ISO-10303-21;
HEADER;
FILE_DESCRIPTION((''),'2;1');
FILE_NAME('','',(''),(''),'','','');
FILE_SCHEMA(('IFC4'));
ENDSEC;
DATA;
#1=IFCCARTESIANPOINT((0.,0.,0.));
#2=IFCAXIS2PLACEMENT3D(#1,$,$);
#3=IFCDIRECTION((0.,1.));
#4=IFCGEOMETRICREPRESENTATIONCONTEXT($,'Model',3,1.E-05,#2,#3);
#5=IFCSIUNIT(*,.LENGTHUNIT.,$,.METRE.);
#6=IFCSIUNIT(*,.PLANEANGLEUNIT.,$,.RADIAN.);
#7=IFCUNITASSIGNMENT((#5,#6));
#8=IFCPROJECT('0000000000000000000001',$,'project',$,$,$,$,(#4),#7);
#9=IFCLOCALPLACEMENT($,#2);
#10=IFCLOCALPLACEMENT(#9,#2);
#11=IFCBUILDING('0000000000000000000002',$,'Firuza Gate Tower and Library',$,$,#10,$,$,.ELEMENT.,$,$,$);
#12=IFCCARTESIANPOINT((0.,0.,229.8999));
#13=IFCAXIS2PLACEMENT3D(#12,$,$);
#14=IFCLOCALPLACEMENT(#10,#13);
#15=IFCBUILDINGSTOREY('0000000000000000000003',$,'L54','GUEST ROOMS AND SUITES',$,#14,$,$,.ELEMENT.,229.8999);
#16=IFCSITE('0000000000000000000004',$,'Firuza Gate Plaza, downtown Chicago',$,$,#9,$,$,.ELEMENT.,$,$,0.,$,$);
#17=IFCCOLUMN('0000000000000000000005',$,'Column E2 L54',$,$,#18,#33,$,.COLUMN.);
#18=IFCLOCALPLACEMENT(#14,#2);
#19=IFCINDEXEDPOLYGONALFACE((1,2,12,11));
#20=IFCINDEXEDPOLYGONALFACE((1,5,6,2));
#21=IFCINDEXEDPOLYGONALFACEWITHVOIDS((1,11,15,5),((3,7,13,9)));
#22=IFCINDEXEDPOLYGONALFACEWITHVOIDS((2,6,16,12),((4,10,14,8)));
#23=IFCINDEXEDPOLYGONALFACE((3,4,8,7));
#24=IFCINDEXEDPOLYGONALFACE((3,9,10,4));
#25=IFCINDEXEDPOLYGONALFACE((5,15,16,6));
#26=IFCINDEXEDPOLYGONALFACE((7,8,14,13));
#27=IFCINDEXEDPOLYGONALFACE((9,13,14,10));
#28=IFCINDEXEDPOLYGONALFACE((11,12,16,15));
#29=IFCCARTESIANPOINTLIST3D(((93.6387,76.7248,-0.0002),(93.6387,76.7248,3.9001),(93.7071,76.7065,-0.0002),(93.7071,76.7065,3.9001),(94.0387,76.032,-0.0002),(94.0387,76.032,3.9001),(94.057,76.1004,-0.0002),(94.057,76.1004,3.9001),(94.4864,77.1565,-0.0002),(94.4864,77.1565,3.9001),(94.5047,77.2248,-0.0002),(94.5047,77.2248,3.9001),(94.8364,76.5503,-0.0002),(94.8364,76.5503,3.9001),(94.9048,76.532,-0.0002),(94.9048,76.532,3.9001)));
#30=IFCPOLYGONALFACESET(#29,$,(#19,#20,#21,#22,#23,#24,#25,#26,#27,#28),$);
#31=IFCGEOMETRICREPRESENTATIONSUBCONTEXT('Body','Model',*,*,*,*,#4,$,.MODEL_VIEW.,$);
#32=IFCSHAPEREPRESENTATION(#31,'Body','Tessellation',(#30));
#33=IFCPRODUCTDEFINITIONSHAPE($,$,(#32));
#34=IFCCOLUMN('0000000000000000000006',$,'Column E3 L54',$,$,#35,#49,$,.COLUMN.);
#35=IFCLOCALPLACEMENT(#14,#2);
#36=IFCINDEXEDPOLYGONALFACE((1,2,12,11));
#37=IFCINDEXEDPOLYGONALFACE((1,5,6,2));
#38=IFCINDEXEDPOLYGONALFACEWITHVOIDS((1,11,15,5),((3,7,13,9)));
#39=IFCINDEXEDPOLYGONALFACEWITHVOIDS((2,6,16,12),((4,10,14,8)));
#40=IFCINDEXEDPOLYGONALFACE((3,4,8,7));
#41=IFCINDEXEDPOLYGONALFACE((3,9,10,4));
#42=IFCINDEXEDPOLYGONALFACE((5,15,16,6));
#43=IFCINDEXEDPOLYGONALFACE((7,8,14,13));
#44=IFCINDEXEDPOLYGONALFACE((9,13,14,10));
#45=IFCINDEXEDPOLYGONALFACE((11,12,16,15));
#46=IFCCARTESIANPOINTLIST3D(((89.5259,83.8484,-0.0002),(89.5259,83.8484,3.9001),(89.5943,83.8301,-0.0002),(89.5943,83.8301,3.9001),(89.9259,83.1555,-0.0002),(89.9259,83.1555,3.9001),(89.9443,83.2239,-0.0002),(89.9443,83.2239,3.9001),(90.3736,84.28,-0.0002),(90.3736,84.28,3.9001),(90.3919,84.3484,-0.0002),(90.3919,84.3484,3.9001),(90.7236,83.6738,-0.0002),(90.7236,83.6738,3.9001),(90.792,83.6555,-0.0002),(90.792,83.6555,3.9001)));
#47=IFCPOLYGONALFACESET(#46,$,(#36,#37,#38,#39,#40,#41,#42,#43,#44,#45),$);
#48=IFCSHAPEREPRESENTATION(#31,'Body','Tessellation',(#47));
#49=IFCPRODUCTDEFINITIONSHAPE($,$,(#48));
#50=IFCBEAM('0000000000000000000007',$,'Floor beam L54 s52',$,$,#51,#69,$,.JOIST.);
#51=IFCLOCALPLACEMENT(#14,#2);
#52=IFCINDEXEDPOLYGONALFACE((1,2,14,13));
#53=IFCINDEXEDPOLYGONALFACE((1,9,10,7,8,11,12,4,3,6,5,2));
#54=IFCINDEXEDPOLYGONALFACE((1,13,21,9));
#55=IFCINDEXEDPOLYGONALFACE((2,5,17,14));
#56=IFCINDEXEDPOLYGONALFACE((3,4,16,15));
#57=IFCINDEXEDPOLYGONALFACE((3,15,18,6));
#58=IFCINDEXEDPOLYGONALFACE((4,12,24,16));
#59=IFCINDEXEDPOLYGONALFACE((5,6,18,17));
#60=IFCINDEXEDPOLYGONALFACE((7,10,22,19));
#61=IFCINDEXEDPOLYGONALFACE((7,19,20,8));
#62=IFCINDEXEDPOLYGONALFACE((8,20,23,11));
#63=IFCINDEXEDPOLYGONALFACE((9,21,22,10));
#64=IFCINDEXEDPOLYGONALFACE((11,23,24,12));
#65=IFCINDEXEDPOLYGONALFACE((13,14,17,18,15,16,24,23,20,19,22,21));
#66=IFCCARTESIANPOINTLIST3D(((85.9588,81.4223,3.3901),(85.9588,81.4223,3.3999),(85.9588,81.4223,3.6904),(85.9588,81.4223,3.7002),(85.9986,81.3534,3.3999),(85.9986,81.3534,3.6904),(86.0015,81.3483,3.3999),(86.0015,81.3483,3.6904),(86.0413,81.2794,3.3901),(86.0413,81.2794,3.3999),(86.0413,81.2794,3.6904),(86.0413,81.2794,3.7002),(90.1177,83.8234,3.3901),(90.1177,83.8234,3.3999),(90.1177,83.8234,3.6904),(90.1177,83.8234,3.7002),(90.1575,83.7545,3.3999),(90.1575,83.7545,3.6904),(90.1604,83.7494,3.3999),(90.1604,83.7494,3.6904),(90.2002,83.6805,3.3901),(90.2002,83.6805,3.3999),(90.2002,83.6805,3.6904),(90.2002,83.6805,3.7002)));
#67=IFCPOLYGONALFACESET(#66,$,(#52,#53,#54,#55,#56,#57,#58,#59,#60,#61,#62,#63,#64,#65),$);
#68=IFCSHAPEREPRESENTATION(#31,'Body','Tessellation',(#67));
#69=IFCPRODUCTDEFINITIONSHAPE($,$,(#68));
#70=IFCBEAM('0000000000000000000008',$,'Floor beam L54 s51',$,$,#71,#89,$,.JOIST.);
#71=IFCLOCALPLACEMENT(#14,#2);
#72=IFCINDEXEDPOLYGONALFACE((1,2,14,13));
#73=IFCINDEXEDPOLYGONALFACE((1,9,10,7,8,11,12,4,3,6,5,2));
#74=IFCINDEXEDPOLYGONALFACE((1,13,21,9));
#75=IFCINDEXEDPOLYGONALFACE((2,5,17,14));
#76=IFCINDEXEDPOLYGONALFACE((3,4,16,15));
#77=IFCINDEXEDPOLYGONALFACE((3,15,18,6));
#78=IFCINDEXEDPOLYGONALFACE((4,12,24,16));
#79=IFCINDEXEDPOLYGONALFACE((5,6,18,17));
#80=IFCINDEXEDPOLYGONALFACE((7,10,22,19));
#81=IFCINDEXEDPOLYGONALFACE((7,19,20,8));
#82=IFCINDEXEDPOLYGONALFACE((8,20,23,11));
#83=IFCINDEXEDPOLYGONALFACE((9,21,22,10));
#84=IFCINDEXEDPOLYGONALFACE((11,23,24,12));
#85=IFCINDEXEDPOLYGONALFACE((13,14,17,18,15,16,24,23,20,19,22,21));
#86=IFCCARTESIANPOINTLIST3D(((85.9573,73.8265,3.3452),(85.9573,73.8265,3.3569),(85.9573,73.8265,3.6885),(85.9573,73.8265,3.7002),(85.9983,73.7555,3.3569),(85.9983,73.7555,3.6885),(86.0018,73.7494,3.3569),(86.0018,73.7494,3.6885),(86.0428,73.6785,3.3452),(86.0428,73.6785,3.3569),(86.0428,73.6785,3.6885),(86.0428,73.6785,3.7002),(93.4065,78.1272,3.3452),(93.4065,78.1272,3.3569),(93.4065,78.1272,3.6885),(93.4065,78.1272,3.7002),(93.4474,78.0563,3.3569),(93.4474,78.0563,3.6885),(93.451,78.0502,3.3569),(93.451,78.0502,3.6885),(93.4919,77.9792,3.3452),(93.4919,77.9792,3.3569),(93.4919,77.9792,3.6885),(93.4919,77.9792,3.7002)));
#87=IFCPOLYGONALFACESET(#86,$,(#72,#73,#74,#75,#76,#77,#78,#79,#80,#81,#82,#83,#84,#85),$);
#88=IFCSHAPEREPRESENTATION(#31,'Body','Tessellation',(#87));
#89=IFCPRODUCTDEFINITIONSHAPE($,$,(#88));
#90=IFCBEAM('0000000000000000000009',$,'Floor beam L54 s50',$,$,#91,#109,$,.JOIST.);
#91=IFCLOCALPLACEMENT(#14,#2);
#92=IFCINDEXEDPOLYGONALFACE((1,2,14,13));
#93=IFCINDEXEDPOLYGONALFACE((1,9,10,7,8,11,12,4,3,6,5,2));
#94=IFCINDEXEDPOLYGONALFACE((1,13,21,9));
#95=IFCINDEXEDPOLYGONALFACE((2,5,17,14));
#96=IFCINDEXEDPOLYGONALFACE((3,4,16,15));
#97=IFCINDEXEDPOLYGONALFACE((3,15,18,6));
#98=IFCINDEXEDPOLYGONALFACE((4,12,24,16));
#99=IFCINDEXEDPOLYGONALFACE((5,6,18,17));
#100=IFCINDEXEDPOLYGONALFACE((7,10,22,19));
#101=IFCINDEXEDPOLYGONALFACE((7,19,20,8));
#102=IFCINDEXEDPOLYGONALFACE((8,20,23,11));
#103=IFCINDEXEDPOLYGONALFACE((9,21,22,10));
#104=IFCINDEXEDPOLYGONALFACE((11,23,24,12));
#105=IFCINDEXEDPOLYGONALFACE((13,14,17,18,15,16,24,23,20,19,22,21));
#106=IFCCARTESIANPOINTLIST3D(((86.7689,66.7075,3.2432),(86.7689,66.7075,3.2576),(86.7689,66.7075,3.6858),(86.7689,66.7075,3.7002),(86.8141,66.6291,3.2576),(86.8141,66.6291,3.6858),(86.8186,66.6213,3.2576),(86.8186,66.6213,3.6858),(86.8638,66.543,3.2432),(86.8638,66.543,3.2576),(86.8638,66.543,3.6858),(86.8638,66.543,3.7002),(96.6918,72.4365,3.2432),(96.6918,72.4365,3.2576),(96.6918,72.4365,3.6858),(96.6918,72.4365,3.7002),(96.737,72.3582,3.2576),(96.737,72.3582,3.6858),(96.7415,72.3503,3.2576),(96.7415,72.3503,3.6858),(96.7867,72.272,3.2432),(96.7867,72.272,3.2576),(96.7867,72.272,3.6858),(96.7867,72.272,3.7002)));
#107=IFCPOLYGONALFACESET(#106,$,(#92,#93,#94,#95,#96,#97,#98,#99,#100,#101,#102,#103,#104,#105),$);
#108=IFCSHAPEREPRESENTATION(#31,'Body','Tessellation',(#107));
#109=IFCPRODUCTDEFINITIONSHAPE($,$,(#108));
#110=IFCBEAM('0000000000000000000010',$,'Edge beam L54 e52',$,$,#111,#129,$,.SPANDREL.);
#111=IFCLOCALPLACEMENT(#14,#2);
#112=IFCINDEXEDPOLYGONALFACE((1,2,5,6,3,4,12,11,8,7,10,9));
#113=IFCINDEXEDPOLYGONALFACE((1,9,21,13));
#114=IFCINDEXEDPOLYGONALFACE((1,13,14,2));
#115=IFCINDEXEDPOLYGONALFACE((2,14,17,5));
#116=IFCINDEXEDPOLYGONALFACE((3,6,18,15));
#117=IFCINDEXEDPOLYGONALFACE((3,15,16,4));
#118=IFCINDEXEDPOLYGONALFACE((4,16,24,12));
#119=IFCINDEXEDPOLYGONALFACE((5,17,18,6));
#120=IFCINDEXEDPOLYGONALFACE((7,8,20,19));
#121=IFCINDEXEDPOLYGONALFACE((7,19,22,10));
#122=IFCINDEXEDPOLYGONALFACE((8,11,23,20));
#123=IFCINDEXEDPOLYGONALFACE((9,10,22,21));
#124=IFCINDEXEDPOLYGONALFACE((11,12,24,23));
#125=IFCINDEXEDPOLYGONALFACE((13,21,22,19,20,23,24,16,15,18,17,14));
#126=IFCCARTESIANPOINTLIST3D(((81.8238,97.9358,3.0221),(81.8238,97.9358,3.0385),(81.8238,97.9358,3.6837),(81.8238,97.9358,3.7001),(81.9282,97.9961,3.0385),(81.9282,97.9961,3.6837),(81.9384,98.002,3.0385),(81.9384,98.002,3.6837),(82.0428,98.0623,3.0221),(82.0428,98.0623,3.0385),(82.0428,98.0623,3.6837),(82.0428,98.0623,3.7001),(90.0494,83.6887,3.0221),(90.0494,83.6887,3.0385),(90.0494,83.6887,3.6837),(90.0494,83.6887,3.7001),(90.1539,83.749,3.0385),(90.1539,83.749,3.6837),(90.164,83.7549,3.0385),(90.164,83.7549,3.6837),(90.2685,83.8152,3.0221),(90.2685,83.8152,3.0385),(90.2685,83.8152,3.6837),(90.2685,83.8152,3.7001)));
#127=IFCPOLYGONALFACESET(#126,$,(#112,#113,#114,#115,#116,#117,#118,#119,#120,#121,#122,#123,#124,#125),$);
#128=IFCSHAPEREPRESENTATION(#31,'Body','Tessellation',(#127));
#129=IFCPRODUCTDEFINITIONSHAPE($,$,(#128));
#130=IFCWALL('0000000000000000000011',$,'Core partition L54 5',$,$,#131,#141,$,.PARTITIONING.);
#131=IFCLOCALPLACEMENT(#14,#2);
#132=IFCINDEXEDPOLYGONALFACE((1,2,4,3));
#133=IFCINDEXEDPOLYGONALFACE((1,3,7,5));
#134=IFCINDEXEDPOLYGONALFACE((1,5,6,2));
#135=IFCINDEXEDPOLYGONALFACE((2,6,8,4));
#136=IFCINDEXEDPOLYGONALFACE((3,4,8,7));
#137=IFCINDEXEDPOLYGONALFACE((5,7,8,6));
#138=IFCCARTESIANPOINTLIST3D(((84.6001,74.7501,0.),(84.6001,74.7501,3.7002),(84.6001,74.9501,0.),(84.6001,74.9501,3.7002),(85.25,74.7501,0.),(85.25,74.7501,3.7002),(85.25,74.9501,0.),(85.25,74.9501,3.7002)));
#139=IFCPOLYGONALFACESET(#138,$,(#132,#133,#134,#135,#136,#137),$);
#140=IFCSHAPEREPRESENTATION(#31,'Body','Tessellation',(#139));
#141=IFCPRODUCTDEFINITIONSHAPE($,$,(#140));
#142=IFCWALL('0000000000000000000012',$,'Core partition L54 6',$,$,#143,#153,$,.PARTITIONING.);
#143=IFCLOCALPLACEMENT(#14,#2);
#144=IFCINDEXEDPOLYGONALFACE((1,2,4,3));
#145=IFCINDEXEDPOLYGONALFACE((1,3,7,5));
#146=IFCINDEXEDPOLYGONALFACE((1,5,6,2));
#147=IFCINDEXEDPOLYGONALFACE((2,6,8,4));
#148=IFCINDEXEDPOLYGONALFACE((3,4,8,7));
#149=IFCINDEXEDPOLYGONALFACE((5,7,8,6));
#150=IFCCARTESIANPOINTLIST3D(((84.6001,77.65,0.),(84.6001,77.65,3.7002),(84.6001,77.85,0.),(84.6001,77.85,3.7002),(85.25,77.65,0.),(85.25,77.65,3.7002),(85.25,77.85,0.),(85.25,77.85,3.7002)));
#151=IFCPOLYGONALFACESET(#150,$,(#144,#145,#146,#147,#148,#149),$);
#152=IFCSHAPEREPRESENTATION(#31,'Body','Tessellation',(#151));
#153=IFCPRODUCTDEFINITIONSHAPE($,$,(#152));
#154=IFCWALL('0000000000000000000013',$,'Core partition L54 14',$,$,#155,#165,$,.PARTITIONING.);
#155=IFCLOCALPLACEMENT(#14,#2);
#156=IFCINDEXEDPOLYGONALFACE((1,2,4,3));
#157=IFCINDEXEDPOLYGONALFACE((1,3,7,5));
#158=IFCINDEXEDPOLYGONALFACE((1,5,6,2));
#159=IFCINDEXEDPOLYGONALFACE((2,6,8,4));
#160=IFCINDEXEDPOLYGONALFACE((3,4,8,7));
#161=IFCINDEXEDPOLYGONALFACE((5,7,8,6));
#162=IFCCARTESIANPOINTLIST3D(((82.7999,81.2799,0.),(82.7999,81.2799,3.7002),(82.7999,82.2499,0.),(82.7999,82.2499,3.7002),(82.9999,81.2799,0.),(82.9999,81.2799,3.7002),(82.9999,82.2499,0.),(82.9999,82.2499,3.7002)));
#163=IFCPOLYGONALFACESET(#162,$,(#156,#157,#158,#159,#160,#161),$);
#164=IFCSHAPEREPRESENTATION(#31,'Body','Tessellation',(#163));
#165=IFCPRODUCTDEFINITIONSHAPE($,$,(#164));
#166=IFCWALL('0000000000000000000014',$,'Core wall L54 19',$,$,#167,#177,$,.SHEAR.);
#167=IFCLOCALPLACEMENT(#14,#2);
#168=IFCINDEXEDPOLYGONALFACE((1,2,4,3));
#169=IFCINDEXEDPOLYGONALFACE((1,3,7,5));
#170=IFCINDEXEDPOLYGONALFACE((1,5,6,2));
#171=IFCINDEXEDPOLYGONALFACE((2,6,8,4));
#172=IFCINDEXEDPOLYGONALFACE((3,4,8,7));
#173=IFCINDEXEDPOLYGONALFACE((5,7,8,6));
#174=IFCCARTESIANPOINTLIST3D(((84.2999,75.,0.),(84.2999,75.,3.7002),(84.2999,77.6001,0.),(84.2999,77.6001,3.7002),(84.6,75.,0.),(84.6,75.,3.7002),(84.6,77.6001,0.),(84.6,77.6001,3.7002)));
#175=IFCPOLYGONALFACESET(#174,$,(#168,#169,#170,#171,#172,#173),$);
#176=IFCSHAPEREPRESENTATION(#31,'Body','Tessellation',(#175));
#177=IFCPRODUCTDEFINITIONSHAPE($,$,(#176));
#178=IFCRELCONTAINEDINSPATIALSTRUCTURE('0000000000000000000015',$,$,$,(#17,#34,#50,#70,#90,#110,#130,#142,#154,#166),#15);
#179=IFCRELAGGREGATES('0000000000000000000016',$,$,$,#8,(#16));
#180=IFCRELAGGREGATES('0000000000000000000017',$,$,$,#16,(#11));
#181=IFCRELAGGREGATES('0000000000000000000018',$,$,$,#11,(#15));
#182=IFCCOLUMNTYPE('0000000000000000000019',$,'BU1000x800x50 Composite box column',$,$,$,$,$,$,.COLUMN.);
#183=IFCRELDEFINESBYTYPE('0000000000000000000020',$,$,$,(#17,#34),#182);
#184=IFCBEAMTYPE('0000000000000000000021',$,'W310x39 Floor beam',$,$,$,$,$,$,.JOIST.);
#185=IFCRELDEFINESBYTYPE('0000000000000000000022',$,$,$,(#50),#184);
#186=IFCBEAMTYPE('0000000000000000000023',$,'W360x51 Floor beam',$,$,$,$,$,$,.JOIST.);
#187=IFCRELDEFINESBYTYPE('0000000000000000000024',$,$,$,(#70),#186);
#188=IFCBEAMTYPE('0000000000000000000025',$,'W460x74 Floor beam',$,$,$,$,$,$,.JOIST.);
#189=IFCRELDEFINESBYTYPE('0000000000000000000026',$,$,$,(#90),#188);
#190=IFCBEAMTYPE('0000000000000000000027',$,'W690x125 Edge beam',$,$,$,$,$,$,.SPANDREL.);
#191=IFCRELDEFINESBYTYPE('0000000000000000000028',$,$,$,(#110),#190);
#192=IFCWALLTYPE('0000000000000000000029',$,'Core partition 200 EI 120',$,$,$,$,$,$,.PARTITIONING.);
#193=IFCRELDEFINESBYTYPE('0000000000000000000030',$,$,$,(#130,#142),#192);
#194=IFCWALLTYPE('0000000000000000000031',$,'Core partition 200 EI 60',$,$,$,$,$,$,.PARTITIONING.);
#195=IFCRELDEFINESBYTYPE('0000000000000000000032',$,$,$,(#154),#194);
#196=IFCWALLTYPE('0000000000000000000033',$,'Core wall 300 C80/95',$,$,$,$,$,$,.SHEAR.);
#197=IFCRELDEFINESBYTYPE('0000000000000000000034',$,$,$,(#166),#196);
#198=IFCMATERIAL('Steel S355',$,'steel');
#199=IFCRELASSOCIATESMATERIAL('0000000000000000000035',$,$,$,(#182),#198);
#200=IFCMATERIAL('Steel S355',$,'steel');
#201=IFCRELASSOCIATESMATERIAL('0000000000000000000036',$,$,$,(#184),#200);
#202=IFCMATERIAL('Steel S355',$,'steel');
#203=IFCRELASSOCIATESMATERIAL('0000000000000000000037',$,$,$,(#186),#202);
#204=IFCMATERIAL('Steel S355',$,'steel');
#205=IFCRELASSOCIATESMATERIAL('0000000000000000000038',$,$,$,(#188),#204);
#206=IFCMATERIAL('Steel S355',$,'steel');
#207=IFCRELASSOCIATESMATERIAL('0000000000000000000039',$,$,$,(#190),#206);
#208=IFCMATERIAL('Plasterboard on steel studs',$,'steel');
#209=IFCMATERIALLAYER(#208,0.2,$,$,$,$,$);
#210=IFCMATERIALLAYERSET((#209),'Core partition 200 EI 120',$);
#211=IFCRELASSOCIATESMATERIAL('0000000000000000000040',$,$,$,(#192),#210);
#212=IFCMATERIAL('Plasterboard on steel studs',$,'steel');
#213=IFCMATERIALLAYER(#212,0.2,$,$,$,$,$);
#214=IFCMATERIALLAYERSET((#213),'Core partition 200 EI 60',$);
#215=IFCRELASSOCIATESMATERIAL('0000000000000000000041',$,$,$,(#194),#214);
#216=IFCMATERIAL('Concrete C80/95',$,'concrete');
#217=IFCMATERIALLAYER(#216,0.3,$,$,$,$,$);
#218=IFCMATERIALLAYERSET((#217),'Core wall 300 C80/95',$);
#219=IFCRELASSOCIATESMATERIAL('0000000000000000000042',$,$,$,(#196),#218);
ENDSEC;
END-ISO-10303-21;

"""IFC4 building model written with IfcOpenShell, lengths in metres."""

from ifc_helpers import new_model, si_unit, direction, frame, frame_2d, origin, origin_2d, place, context, subcontext, project, spatial, rectangle, hollow_rectangle, i_section, extrude, material, layer, layer_set, material_profile, profile_set, type_object, element, save


model = new_model("IFC4")

# Units and contexts
model_context = context("Model", 3, precision=1e-05, world=origin(), true_north=direction((0.0, 1.0)))
body_context = subcontext(model_context, "Body", "Model", "MODEL_VIEW")
ifc_project = project(units=[si_unit("LENGTHUNIT", "METRE"), si_unit("PLANEANGLEUNIT", "RADIAN")], contexts=[model_context])

# Site, building, storey
site_placement = place(None, origin())
site = spatial("IfcSite", under=ifc_project, at=site_placement, Name="Firuza Gate Plaza, downtown Chicago", CompositionType="ELEMENT", RefElevation=0.0)
building_placement = place(site_placement, origin())
building = spatial("IfcBuilding", under=site, at=building_placement, Name="Firuza Gate Tower and Library", CompositionType="ELEMENT")
storey_placement = place(building_placement, frame((0.0, 0.0, 229.8999)))
storey = spatial("IfcBuildingStorey", under=building, at=storey_placement, Name="L54", Description="GUEST ROOMS AND SUITES", CompositionType="ELEMENT", Elevation=229.8999)

# Columns
ifc_material_1 = material(Name="Steel S355", Category="steel")
ifc_material_profile_1 = material_profile(ifc_material_1, hollow_rectangle(XDim=0.8, YDim=1.0, WallThickness=0.05, at=origin_2d()))
ifc_profile_set_1 = profile_set([ifc_material_profile_1], Name="Steel S355")
column_type = type_object("IfcColumnType", Name="BU1000x800x50 Composite box column", PredefinedType="COLUMN", material=ifc_profile_set_1)
for number, where, z_axis, x_axis, name in (
    (1, (94.2717, 76.6284, -0.0002), (0.0, 0.0, 1.0), (-0.5, 0.866025, 0.0), "Column E2 L54"),
    (2, (90.1589, 83.752, -0.0002), (0.0, 0.0, 1.0), (-0.5, 0.866025, 0.0), "Column E3 L54"),
):
    element("IfcColumn", number, at=place(storey_placement, frame(where, z_axis=z_axis, x_axis=x_axis)), inside=storey, type_object=column_type, Name=name, PredefinedType="COLUMN", context=body_context, shape_type="SweptSolid", body=[
        extrude(hollow_rectangle(XDim=0.8, YDim=1.0, WallThickness=0.05, at=origin_2d()), origin(), (0.0, 0.0, 1.0), 3.9004),
    ])

# Beams
ifc_material_2 = material(Name="Steel S355", Category="steel")
ifc_material_profile_2 = material_profile(ifc_material_2, i_section(OverallWidth=0.165, OverallDepth=0.3101, WebThickness=0.0059, FlangeThickness=0.0098, at=origin_2d()))
ifc_profile_set_2 = profile_set([ifc_material_profile_2], Name="Steel S355")
beam_type_1 = type_object("IfcBeamType", Name="W310x39 Floor beam", PredefinedType="JOIST", material=ifc_profile_set_2)
beam_1_placement = place(storey_placement, frame((90.1589, 83.752, 3.5452), z_axis=(-0.866029, -0.499994, 0.0), x_axis=(0.499994, -0.866029, 0.0)))
element("IfcBeam", 3, at=beam_1_placement, inside=storey, type_object=beam_type_1, Name="Floor beam L54 s52", PredefinedType="JOIST", context=body_context, shape_type="SweptSolid", body=[
    extrude(i_section(OverallWidth=0.165, OverallDepth=0.3101, WebThickness=0.0059, FlangeThickness=0.0098, at=origin_2d()), origin(), (0.0, 0.0, 1.0), 4.8022),
])
ifc_material_3 = material(Name="Steel S355", Category="steel")
ifc_material_profile_3 = material_profile(ifc_material_3, i_section(OverallWidth=0.1709, OverallDepth=0.355, WebThickness=0.0071, FlangeThickness=0.0117, at=origin_2d()))
ifc_profile_set_3 = profile_set([ifc_material_profile_3], Name="Steel S355")
beam_type_2 = type_object("IfcBeamType", Name="W360x51 Floor beam", PredefinedType="JOIST", material=ifc_profile_set_3)
beam_2_placement = place(storey_placement, frame((93.4492, 78.0532, 3.5227), z_axis=(-0.866027, -0.499998, 0.0), x_axis=(0.499998, -0.866027, 0.0)))
element("IfcBeam", 4, at=beam_2_placement, inside=storey, type_object=beam_type_2, Name="Floor beam L54 s51", PredefinedType="JOIST", context=body_context, shape_type="SweptSolid", body=[
    extrude(i_section(OverallWidth=0.1709, OverallDepth=0.355, WebThickness=0.0071, FlangeThickness=0.0117, at=origin_2d()), origin(), (0.0, 0.0, 1.0), 8.6016),
])
ifc_material_4 = material(Name="Steel S355", Category="steel")
ifc_material_profile_4 = material_profile(ifc_material_4, i_section(OverallWidth=0.1899, OverallDepth=0.457, WebThickness=0.009, FlangeThickness=0.0144, at=origin_2d()))
ifc_profile_set_4 = profile_set([ifc_material_profile_4], Name="Steel S355")
beam_type_3 = type_object("IfcBeamType", Name="W460x74 Floor beam", PredefinedType="JOIST", material=ifc_profile_set_4)
beam_3_placement = place(storey_placement, frame((96.7393, 72.3542, 3.4717), z_axis=(-0.866024, -0.500003, 0.0), x_axis=(0.500003, -0.866024, 0.0)))
element("IfcBeam", 5, at=beam_3_placement, inside=storey, type_object=beam_type_3, Name="Floor beam L54 s50", PredefinedType="JOIST", context=body_context, shape_type="SweptSolid", body=[
    extrude(i_section(OverallWidth=0.1899, OverallDepth=0.457, WebThickness=0.009, FlangeThickness=0.0144, at=origin_2d()), origin(), (0.0, 0.0, 1.0), 11.458),
])
ifc_material_5 = material(Name="Steel S355", Category="steel")
ifc_material_profile_5 = material_profile(ifc_material_5, i_section(OverallWidth=0.2529, OverallDepth=0.678, WebThickness=0.0117, FlangeThickness=0.0164, at=origin_2d()))
ifc_profile_set_5 = profile_set([ifc_material_profile_5], Name="Steel S355")
beam_type_4 = type_object("IfcBeamType", Name="W690x125 Edge beam", PredefinedType="SPANDREL", material=ifc_profile_set_5)
beam_4_placement = place(storey_placement, frame((90.1589, 83.752, 3.3611), z_axis=(-0.500002, 0.866024, 0.0), x_axis=(-0.866024, -0.500002, 0.0)))
element("IfcBeam", 6, at=beam_4_placement, inside=storey, type_object=beam_type_4, Name="Edge beam L54 e52", PredefinedType="SPANDREL", context=body_context, shape_type="SweptSolid", body=[
    extrude(i_section(OverallWidth=0.2529, OverallDepth=0.678, WebThickness=0.0117, FlangeThickness=0.0164, at=origin_2d()), origin(), (0.0, 0.0, 1.0), 16.4512),
])

# Walls
ifc_material_6 = material(Name="Plasterboard on steel studs", Category="steel")
ifc_layer_1 = layer(ifc_material_6, 0.2)
ifc_layer_set_1 = layer_set([ifc_layer_1], Name="Core partition 200 EI 120")
wall_type_1 = type_object("IfcWallType", Name="Core partition 200 EI 120", PredefinedType="PARTITIONING", material=ifc_layer_set_1)
for number, where, z_axis, x_axis, name in (
    (7, (84.6001, 74.8501, 0.0), (0.0, 0.0, 1.0), (1.0, 0.0, 0.0), "Core partition L54 5"),
    (8, (84.6001, 77.75, 0.0), (0.0, 0.0, 1.0), (1.0, 0.0, 0.0), "Core partition L54 6"),
):
    element("IfcWall", number, at=place(storey_placement, frame(where, z_axis=z_axis, x_axis=x_axis)), inside=storey, type_object=wall_type_1, Name=name, PredefinedType="PARTITIONING", context=body_context, shape_type="SweptSolid", body=[
        extrude(rectangle(XDim=0.6499, YDim=0.2, at=frame_2d((0.325, 0.0))), origin(), (0.0, 0.0, 1.0), 3.7002),
    ])
ifc_material_7 = material(Name="Plasterboard on steel studs", Category="steel")
ifc_layer_2 = layer(ifc_material_7, 0.2)
ifc_layer_set_2 = layer_set([ifc_layer_2], Name="Core partition 200 EI 60")
wall_type_2 = type_object("IfcWallType", Name="Core partition 200 EI 60", PredefinedType="PARTITIONING", material=ifc_layer_set_2)
wall_1_placement = place(storey_placement, frame((82.8999, 81.28, 0.0), z_axis=(0.0, 0.0, 1.0), x_axis=(0.0, 1.0, 0.0)))
element("IfcWall", 9, at=wall_1_placement, inside=storey, type_object=wall_type_2, Name="Core partition L54 14", PredefinedType="PARTITIONING", context=body_context, shape_type="SweptSolid", body=[
    extrude(rectangle(XDim=0.97, YDim=0.2, at=frame_2d((0.4849, 0.0))), origin(), (0.0, 0.0, 1.0), 3.7002),
])
ifc_material_8 = material(Name="Concrete C80/95", Category="concrete")
ifc_layer_3 = layer(ifc_material_8, 0.3)
ifc_layer_set_3 = layer_set([ifc_layer_3], Name="Core wall 300 C80/95")
wall_type_3 = type_object("IfcWallType", Name="Core wall 300 C80/95", PredefinedType="SHEAR", material=ifc_layer_set_3)
wall_2_placement = place(storey_placement, frame((84.45, 75.0, 0.0), z_axis=(0.0, 0.0, 1.0), x_axis=(0.0, 1.0, 0.0)))
element("IfcWall", 10, at=wall_2_placement, inside=storey, type_object=wall_type_3, Name="Core wall L54 19", PredefinedType="SHEAR", context=body_context, shape_type="SweptSolid", body=[
    extrude(rectangle(XDim=2.6001, YDim=0.3, at=frame_2d((1.3, 0.0))), origin(), (0.0, 0.0, 1.0), 3.7002),
])

save(model, "model.ifc")
